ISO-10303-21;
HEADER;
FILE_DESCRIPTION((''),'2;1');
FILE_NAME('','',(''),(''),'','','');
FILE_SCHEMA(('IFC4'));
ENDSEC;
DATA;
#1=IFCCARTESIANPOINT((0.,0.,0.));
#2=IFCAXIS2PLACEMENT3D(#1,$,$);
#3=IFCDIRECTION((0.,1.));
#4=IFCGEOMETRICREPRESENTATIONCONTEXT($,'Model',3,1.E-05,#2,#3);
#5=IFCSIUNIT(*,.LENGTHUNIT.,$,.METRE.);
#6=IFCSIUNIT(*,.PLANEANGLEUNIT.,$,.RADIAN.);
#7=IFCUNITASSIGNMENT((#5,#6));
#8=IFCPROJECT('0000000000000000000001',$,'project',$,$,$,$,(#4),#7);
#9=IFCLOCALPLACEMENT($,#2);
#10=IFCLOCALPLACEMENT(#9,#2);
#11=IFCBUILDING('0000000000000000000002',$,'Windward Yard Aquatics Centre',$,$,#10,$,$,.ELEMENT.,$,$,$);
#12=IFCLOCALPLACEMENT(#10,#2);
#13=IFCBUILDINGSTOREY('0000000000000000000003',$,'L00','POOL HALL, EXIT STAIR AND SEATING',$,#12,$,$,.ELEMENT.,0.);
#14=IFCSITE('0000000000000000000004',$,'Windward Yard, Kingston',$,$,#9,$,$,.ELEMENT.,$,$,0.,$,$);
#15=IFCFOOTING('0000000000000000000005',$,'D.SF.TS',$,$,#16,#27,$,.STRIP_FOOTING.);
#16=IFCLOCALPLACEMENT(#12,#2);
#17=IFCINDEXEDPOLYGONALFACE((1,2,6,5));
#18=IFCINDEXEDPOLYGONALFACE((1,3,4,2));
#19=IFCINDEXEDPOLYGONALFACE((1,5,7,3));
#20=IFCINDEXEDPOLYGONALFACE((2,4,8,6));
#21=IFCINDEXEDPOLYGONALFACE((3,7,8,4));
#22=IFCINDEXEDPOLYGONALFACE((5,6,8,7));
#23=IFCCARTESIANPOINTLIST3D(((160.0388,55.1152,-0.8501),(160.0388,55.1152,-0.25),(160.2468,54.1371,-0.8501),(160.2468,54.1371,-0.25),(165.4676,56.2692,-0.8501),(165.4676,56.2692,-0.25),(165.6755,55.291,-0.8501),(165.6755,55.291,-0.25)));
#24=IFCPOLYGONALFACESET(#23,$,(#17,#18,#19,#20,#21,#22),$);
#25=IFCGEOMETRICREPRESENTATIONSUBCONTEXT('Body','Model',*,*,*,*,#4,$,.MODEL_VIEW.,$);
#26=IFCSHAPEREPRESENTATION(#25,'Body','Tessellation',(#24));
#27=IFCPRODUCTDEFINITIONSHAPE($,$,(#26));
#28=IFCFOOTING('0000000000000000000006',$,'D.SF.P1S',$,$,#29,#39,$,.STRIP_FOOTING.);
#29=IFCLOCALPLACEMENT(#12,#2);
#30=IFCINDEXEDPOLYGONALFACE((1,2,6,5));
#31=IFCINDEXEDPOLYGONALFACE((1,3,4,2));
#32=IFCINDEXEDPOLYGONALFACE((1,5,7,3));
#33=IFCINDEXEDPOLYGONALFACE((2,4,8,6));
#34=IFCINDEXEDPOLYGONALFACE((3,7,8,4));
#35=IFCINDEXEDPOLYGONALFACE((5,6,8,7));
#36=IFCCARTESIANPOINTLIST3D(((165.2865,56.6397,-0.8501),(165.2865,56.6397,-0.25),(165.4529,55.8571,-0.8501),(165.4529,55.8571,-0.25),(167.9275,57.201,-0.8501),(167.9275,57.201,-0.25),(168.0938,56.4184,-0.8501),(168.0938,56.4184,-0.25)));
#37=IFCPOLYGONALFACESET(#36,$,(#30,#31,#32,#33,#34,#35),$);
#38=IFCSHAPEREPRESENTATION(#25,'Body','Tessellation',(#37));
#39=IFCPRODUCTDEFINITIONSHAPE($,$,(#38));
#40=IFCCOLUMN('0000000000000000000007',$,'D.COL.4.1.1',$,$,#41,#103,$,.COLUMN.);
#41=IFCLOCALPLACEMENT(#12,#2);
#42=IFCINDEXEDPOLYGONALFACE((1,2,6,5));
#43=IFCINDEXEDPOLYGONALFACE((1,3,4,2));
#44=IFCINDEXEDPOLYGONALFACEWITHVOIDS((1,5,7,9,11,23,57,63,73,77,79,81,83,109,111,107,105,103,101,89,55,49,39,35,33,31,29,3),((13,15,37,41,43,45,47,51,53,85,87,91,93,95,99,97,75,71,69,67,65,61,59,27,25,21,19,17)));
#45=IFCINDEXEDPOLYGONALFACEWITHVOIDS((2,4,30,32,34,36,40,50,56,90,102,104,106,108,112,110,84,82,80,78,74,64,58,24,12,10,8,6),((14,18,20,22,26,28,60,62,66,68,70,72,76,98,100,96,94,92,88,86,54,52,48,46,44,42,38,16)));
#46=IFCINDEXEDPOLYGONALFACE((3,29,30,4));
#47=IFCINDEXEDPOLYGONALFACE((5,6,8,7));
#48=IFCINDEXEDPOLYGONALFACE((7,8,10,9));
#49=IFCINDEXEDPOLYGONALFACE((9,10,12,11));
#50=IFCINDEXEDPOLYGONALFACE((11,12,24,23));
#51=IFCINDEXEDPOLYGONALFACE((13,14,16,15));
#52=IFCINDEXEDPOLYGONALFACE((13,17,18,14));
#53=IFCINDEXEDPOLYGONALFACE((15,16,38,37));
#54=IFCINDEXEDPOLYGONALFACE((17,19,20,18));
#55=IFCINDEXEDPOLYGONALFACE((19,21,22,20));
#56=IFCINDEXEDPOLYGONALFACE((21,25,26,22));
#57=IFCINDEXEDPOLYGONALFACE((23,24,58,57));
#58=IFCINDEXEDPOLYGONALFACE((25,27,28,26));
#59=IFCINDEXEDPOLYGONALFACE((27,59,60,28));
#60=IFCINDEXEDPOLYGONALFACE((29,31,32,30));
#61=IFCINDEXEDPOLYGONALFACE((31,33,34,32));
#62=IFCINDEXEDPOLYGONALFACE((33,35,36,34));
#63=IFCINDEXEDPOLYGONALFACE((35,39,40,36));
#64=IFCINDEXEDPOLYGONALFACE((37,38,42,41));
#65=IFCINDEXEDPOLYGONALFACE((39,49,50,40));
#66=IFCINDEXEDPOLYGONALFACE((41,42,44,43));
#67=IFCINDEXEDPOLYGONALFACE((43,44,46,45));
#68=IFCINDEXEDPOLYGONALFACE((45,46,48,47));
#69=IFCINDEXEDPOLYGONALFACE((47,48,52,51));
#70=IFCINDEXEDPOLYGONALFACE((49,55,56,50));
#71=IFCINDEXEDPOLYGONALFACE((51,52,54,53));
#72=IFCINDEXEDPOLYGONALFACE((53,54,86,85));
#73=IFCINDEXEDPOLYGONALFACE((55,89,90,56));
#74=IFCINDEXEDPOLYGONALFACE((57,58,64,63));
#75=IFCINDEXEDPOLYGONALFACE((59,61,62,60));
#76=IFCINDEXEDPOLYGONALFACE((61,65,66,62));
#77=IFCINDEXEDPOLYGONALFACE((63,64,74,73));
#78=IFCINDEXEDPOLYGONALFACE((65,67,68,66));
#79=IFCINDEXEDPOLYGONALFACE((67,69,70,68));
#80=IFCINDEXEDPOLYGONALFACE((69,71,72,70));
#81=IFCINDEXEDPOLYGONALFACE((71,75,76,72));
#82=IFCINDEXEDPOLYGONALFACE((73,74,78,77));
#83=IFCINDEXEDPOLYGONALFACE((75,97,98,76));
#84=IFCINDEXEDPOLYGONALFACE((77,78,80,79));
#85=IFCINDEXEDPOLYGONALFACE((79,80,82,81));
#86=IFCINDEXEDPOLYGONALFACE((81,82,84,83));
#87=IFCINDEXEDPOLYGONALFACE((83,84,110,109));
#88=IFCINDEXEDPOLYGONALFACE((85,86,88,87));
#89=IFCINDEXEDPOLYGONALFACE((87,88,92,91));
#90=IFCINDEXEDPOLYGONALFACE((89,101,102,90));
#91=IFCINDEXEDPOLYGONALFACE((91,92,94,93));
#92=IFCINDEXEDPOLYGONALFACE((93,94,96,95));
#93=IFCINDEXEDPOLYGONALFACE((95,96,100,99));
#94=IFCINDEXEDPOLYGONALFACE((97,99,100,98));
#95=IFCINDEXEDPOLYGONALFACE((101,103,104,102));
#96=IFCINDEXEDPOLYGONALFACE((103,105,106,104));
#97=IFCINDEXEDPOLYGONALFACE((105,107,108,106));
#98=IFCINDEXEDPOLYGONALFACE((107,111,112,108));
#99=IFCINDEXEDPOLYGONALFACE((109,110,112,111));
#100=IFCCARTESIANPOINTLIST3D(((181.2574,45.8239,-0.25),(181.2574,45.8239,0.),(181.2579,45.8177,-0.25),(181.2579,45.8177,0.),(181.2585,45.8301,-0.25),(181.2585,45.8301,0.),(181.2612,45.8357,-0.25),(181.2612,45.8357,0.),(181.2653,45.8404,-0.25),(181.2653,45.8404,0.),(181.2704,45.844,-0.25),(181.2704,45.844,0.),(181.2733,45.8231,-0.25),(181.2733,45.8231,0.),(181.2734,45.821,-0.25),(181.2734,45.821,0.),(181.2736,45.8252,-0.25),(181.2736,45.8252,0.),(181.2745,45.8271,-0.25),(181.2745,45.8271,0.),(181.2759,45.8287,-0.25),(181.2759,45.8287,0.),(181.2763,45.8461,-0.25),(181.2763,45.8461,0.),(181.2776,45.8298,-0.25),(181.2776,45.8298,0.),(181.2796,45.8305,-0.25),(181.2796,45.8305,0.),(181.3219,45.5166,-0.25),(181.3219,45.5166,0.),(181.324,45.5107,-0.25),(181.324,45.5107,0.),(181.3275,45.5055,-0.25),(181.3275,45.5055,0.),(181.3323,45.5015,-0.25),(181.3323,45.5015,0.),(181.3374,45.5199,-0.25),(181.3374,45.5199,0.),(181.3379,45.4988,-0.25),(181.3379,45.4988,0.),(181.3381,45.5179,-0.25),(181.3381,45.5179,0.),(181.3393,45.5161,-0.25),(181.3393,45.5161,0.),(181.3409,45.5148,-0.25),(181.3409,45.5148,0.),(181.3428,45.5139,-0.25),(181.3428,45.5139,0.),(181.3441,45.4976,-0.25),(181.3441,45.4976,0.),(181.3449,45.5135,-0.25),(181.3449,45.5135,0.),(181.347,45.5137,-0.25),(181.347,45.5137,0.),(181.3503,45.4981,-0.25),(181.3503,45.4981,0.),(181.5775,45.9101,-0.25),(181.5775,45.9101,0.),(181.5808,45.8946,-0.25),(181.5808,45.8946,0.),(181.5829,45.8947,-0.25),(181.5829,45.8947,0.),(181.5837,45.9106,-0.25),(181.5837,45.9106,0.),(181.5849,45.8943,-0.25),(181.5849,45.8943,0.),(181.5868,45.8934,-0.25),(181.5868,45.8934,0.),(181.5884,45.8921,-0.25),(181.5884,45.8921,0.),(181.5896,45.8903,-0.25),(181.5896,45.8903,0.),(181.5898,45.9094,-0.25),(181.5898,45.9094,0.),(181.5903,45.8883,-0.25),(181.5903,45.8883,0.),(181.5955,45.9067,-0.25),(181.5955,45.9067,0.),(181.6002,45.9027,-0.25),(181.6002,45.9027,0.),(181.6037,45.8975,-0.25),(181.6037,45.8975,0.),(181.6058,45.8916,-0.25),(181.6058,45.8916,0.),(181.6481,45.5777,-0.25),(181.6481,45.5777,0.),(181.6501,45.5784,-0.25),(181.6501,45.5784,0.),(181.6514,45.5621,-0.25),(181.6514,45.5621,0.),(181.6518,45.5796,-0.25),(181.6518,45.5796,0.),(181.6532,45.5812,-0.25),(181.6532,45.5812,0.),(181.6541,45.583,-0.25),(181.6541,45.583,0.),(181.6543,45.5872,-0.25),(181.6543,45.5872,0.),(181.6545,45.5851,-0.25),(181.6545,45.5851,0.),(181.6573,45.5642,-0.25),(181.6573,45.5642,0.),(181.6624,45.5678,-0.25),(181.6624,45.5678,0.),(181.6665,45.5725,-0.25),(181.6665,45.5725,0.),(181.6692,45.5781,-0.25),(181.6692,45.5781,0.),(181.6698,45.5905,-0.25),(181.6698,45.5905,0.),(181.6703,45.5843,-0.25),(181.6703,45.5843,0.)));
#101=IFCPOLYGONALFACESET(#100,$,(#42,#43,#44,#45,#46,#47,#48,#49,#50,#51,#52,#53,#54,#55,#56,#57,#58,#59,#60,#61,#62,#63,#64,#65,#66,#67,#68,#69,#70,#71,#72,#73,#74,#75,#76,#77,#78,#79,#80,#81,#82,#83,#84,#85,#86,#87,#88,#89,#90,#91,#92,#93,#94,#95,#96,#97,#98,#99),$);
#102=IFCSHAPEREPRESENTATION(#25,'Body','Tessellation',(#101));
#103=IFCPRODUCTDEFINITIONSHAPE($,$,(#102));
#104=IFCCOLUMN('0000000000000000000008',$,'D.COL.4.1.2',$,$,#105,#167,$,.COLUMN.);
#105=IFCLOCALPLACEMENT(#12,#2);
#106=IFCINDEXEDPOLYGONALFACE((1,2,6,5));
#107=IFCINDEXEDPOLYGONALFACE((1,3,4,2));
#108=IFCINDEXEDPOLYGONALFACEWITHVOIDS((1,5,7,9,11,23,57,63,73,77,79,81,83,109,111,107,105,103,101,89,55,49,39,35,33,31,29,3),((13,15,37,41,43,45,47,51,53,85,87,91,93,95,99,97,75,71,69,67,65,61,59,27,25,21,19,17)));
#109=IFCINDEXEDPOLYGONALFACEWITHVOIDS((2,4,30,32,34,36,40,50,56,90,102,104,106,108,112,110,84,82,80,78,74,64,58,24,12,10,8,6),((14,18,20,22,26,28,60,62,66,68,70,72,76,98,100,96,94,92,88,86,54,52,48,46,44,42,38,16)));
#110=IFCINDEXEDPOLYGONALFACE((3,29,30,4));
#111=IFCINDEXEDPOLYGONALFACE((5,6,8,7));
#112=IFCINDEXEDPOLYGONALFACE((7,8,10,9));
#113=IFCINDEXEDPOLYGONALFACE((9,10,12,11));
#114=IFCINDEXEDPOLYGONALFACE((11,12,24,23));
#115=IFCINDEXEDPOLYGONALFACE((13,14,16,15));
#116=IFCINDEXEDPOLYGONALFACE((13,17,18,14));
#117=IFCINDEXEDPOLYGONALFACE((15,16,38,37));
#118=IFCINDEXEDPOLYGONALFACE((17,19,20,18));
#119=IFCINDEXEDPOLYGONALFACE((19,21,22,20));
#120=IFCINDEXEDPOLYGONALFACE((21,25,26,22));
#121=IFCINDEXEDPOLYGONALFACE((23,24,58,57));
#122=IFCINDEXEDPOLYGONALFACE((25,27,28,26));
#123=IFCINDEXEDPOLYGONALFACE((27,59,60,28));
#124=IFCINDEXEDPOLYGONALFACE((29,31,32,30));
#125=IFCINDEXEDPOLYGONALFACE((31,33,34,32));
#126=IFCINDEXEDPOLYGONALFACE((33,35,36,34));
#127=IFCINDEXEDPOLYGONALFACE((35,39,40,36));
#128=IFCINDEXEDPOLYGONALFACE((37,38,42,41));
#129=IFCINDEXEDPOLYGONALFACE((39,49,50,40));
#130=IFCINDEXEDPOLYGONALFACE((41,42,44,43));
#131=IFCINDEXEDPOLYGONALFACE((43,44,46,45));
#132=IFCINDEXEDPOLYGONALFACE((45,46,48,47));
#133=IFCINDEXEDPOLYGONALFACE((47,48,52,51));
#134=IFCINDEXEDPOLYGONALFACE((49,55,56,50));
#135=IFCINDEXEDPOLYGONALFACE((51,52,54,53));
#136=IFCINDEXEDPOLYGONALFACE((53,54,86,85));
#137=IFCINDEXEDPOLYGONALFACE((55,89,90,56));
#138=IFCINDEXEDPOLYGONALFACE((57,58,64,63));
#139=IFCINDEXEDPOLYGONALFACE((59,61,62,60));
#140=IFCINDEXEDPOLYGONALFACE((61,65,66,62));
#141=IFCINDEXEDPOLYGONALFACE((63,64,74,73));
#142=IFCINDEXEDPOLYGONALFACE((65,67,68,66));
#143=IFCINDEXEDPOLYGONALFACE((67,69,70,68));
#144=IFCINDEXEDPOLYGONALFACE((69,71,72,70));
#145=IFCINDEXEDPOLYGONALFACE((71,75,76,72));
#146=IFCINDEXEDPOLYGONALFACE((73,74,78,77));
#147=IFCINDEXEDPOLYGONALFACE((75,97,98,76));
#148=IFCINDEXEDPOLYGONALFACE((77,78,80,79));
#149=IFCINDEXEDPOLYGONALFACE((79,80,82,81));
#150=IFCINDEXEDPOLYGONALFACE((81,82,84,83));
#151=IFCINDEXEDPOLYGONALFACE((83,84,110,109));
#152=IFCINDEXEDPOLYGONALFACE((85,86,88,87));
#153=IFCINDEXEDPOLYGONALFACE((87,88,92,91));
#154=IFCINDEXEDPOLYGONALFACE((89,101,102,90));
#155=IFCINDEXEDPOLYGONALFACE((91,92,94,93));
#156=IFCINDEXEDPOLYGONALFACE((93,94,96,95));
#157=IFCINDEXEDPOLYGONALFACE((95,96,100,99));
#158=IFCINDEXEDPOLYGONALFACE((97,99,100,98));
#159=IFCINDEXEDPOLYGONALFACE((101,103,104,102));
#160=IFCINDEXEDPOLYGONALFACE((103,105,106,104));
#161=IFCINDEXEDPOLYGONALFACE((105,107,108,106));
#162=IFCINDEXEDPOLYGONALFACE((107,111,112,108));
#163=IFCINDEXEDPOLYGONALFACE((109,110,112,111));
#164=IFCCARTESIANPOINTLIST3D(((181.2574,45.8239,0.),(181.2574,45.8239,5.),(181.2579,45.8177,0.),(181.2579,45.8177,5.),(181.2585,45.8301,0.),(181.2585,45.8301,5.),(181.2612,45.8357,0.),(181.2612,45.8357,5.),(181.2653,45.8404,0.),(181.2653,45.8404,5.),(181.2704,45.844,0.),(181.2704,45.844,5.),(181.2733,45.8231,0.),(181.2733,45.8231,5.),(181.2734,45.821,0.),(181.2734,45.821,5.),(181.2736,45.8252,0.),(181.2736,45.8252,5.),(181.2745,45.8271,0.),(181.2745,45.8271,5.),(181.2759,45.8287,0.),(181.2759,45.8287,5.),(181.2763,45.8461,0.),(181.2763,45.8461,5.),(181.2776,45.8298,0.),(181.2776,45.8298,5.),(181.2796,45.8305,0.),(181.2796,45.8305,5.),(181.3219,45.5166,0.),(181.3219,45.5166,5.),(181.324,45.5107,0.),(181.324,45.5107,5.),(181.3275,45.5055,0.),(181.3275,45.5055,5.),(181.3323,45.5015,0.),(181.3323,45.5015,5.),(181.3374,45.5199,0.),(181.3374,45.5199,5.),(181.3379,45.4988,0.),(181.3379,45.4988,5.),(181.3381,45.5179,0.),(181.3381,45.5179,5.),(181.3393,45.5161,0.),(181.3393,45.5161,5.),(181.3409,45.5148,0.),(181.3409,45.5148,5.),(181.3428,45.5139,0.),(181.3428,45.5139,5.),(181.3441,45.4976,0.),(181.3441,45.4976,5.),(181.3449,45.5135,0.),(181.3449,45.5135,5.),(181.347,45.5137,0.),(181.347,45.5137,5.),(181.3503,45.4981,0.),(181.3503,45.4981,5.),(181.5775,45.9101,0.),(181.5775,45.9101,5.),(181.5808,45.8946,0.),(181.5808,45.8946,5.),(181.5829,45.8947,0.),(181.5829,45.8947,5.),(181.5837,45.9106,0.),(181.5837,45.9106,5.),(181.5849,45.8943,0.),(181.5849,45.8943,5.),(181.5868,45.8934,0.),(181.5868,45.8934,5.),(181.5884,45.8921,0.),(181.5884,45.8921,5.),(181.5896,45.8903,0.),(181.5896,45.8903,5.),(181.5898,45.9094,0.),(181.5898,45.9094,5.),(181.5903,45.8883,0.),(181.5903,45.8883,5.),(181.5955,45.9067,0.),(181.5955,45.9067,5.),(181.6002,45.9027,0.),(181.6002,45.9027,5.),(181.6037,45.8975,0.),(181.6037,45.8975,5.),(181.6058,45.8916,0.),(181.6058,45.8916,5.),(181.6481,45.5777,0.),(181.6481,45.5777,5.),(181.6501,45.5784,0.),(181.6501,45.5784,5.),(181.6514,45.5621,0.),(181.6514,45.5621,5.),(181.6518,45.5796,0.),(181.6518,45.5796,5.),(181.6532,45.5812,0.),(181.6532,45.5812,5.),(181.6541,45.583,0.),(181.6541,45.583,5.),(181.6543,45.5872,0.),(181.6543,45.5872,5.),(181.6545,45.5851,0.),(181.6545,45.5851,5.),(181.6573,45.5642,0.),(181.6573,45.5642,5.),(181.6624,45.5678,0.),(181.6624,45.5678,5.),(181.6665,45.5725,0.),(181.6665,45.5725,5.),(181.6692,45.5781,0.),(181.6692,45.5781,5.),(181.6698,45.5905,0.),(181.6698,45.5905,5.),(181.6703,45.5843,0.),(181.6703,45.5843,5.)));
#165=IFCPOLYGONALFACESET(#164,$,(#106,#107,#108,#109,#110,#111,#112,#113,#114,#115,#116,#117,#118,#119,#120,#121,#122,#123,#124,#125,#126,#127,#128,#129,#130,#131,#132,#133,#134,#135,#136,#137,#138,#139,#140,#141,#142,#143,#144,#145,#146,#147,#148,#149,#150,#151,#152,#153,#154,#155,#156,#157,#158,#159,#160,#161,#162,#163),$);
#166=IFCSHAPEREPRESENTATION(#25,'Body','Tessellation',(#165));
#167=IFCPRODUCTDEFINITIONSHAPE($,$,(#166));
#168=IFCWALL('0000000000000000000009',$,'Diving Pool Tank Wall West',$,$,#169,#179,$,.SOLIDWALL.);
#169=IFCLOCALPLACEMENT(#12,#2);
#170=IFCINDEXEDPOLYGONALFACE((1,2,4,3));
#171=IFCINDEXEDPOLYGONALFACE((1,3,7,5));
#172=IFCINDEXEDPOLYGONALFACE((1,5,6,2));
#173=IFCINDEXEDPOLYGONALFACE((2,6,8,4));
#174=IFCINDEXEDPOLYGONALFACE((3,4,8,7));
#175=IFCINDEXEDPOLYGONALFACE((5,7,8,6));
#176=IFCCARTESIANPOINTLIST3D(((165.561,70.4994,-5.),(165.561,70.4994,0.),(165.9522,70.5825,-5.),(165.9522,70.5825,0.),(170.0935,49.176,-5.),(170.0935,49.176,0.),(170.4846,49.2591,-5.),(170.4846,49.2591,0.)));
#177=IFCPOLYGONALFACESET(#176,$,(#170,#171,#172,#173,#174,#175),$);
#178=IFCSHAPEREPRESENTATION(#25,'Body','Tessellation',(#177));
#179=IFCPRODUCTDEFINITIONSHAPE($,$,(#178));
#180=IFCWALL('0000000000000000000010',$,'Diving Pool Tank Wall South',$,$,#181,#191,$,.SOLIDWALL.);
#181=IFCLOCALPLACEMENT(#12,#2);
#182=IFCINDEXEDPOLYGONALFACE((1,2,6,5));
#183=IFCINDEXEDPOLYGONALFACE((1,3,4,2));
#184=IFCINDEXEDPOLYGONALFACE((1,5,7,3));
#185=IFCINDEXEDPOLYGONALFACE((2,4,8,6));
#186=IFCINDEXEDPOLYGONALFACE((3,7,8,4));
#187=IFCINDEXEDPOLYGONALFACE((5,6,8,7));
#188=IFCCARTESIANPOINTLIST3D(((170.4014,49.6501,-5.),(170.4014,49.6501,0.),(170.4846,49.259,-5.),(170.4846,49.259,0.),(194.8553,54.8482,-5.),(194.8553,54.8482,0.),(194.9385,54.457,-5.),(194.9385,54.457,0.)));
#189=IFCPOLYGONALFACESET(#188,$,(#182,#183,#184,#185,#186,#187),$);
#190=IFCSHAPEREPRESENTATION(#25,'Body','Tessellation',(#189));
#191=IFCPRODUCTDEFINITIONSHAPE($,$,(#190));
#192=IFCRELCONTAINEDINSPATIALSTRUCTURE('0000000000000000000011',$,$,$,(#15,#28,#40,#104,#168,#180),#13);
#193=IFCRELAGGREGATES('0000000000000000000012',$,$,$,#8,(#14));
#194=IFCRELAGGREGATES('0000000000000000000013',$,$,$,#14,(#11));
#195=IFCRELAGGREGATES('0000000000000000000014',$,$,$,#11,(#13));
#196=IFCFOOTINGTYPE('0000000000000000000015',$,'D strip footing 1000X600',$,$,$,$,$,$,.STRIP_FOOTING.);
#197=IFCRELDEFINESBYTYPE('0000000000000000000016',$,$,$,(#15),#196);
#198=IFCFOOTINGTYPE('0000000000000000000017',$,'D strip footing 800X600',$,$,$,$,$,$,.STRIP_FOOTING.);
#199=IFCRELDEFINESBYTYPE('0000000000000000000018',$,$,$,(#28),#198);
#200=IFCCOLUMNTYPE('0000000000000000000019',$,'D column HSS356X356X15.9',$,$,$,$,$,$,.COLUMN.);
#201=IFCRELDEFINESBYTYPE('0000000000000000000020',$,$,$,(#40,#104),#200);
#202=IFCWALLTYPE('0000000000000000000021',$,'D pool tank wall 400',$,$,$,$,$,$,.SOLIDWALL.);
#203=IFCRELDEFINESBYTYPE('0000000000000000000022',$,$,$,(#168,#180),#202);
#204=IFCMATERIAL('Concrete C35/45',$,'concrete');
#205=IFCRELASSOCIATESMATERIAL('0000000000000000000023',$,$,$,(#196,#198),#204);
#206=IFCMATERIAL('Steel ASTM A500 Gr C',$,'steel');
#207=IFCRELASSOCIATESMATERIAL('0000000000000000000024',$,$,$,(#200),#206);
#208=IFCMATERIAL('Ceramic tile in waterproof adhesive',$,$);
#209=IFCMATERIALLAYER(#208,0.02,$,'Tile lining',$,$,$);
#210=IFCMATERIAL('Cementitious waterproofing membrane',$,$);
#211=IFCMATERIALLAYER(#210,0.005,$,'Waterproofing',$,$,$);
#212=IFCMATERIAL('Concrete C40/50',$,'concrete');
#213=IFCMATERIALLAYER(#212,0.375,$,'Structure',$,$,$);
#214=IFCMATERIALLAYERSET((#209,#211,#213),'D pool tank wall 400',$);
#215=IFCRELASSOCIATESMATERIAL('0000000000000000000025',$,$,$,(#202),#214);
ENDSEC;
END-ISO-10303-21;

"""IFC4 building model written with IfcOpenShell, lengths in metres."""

from ifc_helpers import new_model, si_unit, direction, frame, frame_2d, origin, origin_2d, place, context, subcontext, project, spatial, rectangle, hollow_rectangle, extrude, material, layer, layer_set, material_profile, profile_set, type_object, element, save


model = new_model("IFC4")

# Units and contexts
model_context = context("Model", 3, precision=1e-05, world=origin(), true_north=direction((0.0, 1.0)))
body_context = subcontext(model_context, "Body", "Model", "MODEL_VIEW")
ifc_project = project(units=[si_unit("LENGTHUNIT", "METRE"), si_unit("PLANEANGLEUNIT", "RADIAN")], contexts=[model_context])

# Site, building, storey
site_placement = place(None, origin())
site = spatial("IfcSite", under=ifc_project, at=site_placement, Name="Windward Yard, Kingston", CompositionType="ELEMENT", RefElevation=0.0)
building_placement = place(site_placement, origin())
building = spatial("IfcBuilding", under=site, at=building_placement, Name="Windward Yard Aquatics Centre", CompositionType="ELEMENT")
storey_placement = place(building_placement, origin())
storey = spatial("IfcBuildingStorey", under=building, at=storey_placement, Name="L00", Description="POOL HALL, EXIT STAIR AND SEATING", CompositionType="ELEMENT", Elevation=0.0)

# Shared definitions
ifc_material_1 = material(Name="Concrete C40/50", Category="concrete")

# Footings
ifc_material_2 = material(Name="Concrete C35/45", Category="concrete")
footing_type_1 = type_object("IfcFootingType", Name="D strip footing 1000X600", PredefinedType="STRIP_FOOTING", material=ifc_material_2)
footing_1_placement = place(storey_placement, frame((162.8572, 55.2031, -0.8501), z_axis=(0.0, 0.0, 1.0), x_axis=(0.978148, 0.207912, 0.0)))
element("IfcFooting", 1, at=footing_1_placement, inside=storey, type_object=footing_type_1, Name="D.SF.TS", PredefinedType="STRIP_FOOTING", context=body_context, shape_type="SweptSolid", body=[
    extrude(rectangle(XDim=5.55, YDim=1.0, at=origin_2d()), origin(), (0.0, 0.0, 1.0), 0.6001),
])
footing_type_2 = type_object("IfcFootingType", Name="D strip footing 800X600", PredefinedType="STRIP_FOOTING", material=ifc_material_2)
footing_2_placement = place(storey_placement, frame((166.6902, 56.5291, -0.8501), z_axis=(0.0, 0.0, 1.0), x_axis=(0.978148, 0.207912, 0.0)))
element("IfcFooting", 2, at=footing_2_placement, inside=storey, type_object=footing_type_2, Name="D.SF.P1S", PredefinedType="STRIP_FOOTING", context=body_context, shape_type="SweptSolid", body=[
    extrude(rectangle(XDim=2.7, YDim=0.8, at=origin_2d()), origin(), (0.0, 0.0, 1.0), 0.6001),
])

# Columns
ifc_material_3 = material(Name="Steel ASTM A500 Gr C", Category="steel")
ifc_material_profile_1 = material_profile(ifc_material_3, hollow_rectangle(XDim=0.3557, YDim=0.3557, WallThickness=0.0159, InnerFilletRadius=0.0081, OuterFilletRadius=0.0239, at=origin_2d()), Name="HSS356X356X15.9")
ifc_profile_set_1 = profile_set([ifc_material_profile_1], Name="Steel ASTM A500 Gr C")
column_type = type_object("IfcColumnType", Name="D column HSS356X356X15.9", PredefinedType="COLUMN", material=ifc_profile_set_1)
column_1_placement = place(storey_placement, frame((181.4639, 45.7041, -0.25), z_axis=(0.0, 0.0, 1.0), x_axis=(0.978148, 0.207912, 0.0)))
element("IfcColumn", 3, at=column_1_placement, inside=storey, type_object=column_type, Name="D.COL.4.1.1", PredefinedType="COLUMN", context=body_context, shape_type="SweptSolid", body=[
    extrude(hollow_rectangle(XDim=0.3557, YDim=0.3557, WallThickness=0.0159, InnerFilletRadius=0.0081, OuterFilletRadius=0.0239, at=origin_2d()), origin(), (0.0, 0.0, 1.0), 0.25),
])
column_2_placement = place(storey_placement, frame((181.4639, 45.7041, 0.0), z_axis=(0.0, 0.0, 1.0), x_axis=(0.978148, 0.207912, 0.0)))
element("IfcColumn", 4, at=column_2_placement, inside=storey, type_object=column_type, Name="D.COL.4.1.2", PredefinedType="COLUMN", context=body_context, shape_type="SweptSolid", body=[
    extrude(hollow_rectangle(XDim=0.3557, YDim=0.3557, WallThickness=0.0159, InnerFilletRadius=0.0081, OuterFilletRadius=0.0239, at=origin_2d()), origin(), (0.0, 0.0, 1.0), 5.0),
])

# Walls
ifc_material_4 = material(Name="Ceramic tile in waterproof adhesive")
ifc_layer_1 = layer(ifc_material_4, 0.02, Name="Tile lining")
ifc_material_5 = material(Name="Cementitious waterproofing membrane")
ifc_layer_2 = layer(ifc_material_5, 0.005, Name="Waterproofing")
ifc_layer_3 = layer(ifc_material_1, 0.375, Name="Structure")
ifc_layer_set_1 = layer_set([ifc_layer_1, ifc_layer_2, ifc_layer_3], Name="D pool tank wall 400")
wall_type_1 = type_object("IfcWallType", Name="D pool tank wall 400", PredefinedType="SOLIDWALL", material=ifc_layer_set_1)
wall_1_placement = place(storey_placement, frame((170.2891, 49.2175, -5.0), z_axis=(0.0, 0.0, 1.0), x_axis=(-0.207913, 0.978147, 0.0)))
element("IfcWall", 5, at=wall_1_placement, inside=storey, type_object=wall_type_1, Name="Diving Pool Tank Wall West", PredefinedType="SOLIDWALL", context=body_context, shape_type="SweptSolid", body=[
    extrude(rectangle(XDim=21.7998, YDim=0.3999, at=frame_2d((10.8999, 0.0))), origin(), (0.0, 0.0, 1.0), 5.0),
])
wall_2_placement = place(storey_placement, frame((170.4431, 49.4546, -5.0), z_axis=(0.0, 0.0, 1.0), x_axis=(0.978146, 0.207918, 0.0)))
element("IfcWall", 6, at=wall_2_placement, inside=storey, type_object=wall_type_1, Name="Diving Pool Tank Wall South", PredefinedType="SOLIDWALL", context=body_context, shape_type="SweptSolid", body=[
    extrude(rectangle(XDim=25.0002, YDim=0.3999, at=frame_2d((12.5, 0.0))), origin(), (0.0, 0.0, 1.0), 5.0),
])

save(model, "model.ifc")
